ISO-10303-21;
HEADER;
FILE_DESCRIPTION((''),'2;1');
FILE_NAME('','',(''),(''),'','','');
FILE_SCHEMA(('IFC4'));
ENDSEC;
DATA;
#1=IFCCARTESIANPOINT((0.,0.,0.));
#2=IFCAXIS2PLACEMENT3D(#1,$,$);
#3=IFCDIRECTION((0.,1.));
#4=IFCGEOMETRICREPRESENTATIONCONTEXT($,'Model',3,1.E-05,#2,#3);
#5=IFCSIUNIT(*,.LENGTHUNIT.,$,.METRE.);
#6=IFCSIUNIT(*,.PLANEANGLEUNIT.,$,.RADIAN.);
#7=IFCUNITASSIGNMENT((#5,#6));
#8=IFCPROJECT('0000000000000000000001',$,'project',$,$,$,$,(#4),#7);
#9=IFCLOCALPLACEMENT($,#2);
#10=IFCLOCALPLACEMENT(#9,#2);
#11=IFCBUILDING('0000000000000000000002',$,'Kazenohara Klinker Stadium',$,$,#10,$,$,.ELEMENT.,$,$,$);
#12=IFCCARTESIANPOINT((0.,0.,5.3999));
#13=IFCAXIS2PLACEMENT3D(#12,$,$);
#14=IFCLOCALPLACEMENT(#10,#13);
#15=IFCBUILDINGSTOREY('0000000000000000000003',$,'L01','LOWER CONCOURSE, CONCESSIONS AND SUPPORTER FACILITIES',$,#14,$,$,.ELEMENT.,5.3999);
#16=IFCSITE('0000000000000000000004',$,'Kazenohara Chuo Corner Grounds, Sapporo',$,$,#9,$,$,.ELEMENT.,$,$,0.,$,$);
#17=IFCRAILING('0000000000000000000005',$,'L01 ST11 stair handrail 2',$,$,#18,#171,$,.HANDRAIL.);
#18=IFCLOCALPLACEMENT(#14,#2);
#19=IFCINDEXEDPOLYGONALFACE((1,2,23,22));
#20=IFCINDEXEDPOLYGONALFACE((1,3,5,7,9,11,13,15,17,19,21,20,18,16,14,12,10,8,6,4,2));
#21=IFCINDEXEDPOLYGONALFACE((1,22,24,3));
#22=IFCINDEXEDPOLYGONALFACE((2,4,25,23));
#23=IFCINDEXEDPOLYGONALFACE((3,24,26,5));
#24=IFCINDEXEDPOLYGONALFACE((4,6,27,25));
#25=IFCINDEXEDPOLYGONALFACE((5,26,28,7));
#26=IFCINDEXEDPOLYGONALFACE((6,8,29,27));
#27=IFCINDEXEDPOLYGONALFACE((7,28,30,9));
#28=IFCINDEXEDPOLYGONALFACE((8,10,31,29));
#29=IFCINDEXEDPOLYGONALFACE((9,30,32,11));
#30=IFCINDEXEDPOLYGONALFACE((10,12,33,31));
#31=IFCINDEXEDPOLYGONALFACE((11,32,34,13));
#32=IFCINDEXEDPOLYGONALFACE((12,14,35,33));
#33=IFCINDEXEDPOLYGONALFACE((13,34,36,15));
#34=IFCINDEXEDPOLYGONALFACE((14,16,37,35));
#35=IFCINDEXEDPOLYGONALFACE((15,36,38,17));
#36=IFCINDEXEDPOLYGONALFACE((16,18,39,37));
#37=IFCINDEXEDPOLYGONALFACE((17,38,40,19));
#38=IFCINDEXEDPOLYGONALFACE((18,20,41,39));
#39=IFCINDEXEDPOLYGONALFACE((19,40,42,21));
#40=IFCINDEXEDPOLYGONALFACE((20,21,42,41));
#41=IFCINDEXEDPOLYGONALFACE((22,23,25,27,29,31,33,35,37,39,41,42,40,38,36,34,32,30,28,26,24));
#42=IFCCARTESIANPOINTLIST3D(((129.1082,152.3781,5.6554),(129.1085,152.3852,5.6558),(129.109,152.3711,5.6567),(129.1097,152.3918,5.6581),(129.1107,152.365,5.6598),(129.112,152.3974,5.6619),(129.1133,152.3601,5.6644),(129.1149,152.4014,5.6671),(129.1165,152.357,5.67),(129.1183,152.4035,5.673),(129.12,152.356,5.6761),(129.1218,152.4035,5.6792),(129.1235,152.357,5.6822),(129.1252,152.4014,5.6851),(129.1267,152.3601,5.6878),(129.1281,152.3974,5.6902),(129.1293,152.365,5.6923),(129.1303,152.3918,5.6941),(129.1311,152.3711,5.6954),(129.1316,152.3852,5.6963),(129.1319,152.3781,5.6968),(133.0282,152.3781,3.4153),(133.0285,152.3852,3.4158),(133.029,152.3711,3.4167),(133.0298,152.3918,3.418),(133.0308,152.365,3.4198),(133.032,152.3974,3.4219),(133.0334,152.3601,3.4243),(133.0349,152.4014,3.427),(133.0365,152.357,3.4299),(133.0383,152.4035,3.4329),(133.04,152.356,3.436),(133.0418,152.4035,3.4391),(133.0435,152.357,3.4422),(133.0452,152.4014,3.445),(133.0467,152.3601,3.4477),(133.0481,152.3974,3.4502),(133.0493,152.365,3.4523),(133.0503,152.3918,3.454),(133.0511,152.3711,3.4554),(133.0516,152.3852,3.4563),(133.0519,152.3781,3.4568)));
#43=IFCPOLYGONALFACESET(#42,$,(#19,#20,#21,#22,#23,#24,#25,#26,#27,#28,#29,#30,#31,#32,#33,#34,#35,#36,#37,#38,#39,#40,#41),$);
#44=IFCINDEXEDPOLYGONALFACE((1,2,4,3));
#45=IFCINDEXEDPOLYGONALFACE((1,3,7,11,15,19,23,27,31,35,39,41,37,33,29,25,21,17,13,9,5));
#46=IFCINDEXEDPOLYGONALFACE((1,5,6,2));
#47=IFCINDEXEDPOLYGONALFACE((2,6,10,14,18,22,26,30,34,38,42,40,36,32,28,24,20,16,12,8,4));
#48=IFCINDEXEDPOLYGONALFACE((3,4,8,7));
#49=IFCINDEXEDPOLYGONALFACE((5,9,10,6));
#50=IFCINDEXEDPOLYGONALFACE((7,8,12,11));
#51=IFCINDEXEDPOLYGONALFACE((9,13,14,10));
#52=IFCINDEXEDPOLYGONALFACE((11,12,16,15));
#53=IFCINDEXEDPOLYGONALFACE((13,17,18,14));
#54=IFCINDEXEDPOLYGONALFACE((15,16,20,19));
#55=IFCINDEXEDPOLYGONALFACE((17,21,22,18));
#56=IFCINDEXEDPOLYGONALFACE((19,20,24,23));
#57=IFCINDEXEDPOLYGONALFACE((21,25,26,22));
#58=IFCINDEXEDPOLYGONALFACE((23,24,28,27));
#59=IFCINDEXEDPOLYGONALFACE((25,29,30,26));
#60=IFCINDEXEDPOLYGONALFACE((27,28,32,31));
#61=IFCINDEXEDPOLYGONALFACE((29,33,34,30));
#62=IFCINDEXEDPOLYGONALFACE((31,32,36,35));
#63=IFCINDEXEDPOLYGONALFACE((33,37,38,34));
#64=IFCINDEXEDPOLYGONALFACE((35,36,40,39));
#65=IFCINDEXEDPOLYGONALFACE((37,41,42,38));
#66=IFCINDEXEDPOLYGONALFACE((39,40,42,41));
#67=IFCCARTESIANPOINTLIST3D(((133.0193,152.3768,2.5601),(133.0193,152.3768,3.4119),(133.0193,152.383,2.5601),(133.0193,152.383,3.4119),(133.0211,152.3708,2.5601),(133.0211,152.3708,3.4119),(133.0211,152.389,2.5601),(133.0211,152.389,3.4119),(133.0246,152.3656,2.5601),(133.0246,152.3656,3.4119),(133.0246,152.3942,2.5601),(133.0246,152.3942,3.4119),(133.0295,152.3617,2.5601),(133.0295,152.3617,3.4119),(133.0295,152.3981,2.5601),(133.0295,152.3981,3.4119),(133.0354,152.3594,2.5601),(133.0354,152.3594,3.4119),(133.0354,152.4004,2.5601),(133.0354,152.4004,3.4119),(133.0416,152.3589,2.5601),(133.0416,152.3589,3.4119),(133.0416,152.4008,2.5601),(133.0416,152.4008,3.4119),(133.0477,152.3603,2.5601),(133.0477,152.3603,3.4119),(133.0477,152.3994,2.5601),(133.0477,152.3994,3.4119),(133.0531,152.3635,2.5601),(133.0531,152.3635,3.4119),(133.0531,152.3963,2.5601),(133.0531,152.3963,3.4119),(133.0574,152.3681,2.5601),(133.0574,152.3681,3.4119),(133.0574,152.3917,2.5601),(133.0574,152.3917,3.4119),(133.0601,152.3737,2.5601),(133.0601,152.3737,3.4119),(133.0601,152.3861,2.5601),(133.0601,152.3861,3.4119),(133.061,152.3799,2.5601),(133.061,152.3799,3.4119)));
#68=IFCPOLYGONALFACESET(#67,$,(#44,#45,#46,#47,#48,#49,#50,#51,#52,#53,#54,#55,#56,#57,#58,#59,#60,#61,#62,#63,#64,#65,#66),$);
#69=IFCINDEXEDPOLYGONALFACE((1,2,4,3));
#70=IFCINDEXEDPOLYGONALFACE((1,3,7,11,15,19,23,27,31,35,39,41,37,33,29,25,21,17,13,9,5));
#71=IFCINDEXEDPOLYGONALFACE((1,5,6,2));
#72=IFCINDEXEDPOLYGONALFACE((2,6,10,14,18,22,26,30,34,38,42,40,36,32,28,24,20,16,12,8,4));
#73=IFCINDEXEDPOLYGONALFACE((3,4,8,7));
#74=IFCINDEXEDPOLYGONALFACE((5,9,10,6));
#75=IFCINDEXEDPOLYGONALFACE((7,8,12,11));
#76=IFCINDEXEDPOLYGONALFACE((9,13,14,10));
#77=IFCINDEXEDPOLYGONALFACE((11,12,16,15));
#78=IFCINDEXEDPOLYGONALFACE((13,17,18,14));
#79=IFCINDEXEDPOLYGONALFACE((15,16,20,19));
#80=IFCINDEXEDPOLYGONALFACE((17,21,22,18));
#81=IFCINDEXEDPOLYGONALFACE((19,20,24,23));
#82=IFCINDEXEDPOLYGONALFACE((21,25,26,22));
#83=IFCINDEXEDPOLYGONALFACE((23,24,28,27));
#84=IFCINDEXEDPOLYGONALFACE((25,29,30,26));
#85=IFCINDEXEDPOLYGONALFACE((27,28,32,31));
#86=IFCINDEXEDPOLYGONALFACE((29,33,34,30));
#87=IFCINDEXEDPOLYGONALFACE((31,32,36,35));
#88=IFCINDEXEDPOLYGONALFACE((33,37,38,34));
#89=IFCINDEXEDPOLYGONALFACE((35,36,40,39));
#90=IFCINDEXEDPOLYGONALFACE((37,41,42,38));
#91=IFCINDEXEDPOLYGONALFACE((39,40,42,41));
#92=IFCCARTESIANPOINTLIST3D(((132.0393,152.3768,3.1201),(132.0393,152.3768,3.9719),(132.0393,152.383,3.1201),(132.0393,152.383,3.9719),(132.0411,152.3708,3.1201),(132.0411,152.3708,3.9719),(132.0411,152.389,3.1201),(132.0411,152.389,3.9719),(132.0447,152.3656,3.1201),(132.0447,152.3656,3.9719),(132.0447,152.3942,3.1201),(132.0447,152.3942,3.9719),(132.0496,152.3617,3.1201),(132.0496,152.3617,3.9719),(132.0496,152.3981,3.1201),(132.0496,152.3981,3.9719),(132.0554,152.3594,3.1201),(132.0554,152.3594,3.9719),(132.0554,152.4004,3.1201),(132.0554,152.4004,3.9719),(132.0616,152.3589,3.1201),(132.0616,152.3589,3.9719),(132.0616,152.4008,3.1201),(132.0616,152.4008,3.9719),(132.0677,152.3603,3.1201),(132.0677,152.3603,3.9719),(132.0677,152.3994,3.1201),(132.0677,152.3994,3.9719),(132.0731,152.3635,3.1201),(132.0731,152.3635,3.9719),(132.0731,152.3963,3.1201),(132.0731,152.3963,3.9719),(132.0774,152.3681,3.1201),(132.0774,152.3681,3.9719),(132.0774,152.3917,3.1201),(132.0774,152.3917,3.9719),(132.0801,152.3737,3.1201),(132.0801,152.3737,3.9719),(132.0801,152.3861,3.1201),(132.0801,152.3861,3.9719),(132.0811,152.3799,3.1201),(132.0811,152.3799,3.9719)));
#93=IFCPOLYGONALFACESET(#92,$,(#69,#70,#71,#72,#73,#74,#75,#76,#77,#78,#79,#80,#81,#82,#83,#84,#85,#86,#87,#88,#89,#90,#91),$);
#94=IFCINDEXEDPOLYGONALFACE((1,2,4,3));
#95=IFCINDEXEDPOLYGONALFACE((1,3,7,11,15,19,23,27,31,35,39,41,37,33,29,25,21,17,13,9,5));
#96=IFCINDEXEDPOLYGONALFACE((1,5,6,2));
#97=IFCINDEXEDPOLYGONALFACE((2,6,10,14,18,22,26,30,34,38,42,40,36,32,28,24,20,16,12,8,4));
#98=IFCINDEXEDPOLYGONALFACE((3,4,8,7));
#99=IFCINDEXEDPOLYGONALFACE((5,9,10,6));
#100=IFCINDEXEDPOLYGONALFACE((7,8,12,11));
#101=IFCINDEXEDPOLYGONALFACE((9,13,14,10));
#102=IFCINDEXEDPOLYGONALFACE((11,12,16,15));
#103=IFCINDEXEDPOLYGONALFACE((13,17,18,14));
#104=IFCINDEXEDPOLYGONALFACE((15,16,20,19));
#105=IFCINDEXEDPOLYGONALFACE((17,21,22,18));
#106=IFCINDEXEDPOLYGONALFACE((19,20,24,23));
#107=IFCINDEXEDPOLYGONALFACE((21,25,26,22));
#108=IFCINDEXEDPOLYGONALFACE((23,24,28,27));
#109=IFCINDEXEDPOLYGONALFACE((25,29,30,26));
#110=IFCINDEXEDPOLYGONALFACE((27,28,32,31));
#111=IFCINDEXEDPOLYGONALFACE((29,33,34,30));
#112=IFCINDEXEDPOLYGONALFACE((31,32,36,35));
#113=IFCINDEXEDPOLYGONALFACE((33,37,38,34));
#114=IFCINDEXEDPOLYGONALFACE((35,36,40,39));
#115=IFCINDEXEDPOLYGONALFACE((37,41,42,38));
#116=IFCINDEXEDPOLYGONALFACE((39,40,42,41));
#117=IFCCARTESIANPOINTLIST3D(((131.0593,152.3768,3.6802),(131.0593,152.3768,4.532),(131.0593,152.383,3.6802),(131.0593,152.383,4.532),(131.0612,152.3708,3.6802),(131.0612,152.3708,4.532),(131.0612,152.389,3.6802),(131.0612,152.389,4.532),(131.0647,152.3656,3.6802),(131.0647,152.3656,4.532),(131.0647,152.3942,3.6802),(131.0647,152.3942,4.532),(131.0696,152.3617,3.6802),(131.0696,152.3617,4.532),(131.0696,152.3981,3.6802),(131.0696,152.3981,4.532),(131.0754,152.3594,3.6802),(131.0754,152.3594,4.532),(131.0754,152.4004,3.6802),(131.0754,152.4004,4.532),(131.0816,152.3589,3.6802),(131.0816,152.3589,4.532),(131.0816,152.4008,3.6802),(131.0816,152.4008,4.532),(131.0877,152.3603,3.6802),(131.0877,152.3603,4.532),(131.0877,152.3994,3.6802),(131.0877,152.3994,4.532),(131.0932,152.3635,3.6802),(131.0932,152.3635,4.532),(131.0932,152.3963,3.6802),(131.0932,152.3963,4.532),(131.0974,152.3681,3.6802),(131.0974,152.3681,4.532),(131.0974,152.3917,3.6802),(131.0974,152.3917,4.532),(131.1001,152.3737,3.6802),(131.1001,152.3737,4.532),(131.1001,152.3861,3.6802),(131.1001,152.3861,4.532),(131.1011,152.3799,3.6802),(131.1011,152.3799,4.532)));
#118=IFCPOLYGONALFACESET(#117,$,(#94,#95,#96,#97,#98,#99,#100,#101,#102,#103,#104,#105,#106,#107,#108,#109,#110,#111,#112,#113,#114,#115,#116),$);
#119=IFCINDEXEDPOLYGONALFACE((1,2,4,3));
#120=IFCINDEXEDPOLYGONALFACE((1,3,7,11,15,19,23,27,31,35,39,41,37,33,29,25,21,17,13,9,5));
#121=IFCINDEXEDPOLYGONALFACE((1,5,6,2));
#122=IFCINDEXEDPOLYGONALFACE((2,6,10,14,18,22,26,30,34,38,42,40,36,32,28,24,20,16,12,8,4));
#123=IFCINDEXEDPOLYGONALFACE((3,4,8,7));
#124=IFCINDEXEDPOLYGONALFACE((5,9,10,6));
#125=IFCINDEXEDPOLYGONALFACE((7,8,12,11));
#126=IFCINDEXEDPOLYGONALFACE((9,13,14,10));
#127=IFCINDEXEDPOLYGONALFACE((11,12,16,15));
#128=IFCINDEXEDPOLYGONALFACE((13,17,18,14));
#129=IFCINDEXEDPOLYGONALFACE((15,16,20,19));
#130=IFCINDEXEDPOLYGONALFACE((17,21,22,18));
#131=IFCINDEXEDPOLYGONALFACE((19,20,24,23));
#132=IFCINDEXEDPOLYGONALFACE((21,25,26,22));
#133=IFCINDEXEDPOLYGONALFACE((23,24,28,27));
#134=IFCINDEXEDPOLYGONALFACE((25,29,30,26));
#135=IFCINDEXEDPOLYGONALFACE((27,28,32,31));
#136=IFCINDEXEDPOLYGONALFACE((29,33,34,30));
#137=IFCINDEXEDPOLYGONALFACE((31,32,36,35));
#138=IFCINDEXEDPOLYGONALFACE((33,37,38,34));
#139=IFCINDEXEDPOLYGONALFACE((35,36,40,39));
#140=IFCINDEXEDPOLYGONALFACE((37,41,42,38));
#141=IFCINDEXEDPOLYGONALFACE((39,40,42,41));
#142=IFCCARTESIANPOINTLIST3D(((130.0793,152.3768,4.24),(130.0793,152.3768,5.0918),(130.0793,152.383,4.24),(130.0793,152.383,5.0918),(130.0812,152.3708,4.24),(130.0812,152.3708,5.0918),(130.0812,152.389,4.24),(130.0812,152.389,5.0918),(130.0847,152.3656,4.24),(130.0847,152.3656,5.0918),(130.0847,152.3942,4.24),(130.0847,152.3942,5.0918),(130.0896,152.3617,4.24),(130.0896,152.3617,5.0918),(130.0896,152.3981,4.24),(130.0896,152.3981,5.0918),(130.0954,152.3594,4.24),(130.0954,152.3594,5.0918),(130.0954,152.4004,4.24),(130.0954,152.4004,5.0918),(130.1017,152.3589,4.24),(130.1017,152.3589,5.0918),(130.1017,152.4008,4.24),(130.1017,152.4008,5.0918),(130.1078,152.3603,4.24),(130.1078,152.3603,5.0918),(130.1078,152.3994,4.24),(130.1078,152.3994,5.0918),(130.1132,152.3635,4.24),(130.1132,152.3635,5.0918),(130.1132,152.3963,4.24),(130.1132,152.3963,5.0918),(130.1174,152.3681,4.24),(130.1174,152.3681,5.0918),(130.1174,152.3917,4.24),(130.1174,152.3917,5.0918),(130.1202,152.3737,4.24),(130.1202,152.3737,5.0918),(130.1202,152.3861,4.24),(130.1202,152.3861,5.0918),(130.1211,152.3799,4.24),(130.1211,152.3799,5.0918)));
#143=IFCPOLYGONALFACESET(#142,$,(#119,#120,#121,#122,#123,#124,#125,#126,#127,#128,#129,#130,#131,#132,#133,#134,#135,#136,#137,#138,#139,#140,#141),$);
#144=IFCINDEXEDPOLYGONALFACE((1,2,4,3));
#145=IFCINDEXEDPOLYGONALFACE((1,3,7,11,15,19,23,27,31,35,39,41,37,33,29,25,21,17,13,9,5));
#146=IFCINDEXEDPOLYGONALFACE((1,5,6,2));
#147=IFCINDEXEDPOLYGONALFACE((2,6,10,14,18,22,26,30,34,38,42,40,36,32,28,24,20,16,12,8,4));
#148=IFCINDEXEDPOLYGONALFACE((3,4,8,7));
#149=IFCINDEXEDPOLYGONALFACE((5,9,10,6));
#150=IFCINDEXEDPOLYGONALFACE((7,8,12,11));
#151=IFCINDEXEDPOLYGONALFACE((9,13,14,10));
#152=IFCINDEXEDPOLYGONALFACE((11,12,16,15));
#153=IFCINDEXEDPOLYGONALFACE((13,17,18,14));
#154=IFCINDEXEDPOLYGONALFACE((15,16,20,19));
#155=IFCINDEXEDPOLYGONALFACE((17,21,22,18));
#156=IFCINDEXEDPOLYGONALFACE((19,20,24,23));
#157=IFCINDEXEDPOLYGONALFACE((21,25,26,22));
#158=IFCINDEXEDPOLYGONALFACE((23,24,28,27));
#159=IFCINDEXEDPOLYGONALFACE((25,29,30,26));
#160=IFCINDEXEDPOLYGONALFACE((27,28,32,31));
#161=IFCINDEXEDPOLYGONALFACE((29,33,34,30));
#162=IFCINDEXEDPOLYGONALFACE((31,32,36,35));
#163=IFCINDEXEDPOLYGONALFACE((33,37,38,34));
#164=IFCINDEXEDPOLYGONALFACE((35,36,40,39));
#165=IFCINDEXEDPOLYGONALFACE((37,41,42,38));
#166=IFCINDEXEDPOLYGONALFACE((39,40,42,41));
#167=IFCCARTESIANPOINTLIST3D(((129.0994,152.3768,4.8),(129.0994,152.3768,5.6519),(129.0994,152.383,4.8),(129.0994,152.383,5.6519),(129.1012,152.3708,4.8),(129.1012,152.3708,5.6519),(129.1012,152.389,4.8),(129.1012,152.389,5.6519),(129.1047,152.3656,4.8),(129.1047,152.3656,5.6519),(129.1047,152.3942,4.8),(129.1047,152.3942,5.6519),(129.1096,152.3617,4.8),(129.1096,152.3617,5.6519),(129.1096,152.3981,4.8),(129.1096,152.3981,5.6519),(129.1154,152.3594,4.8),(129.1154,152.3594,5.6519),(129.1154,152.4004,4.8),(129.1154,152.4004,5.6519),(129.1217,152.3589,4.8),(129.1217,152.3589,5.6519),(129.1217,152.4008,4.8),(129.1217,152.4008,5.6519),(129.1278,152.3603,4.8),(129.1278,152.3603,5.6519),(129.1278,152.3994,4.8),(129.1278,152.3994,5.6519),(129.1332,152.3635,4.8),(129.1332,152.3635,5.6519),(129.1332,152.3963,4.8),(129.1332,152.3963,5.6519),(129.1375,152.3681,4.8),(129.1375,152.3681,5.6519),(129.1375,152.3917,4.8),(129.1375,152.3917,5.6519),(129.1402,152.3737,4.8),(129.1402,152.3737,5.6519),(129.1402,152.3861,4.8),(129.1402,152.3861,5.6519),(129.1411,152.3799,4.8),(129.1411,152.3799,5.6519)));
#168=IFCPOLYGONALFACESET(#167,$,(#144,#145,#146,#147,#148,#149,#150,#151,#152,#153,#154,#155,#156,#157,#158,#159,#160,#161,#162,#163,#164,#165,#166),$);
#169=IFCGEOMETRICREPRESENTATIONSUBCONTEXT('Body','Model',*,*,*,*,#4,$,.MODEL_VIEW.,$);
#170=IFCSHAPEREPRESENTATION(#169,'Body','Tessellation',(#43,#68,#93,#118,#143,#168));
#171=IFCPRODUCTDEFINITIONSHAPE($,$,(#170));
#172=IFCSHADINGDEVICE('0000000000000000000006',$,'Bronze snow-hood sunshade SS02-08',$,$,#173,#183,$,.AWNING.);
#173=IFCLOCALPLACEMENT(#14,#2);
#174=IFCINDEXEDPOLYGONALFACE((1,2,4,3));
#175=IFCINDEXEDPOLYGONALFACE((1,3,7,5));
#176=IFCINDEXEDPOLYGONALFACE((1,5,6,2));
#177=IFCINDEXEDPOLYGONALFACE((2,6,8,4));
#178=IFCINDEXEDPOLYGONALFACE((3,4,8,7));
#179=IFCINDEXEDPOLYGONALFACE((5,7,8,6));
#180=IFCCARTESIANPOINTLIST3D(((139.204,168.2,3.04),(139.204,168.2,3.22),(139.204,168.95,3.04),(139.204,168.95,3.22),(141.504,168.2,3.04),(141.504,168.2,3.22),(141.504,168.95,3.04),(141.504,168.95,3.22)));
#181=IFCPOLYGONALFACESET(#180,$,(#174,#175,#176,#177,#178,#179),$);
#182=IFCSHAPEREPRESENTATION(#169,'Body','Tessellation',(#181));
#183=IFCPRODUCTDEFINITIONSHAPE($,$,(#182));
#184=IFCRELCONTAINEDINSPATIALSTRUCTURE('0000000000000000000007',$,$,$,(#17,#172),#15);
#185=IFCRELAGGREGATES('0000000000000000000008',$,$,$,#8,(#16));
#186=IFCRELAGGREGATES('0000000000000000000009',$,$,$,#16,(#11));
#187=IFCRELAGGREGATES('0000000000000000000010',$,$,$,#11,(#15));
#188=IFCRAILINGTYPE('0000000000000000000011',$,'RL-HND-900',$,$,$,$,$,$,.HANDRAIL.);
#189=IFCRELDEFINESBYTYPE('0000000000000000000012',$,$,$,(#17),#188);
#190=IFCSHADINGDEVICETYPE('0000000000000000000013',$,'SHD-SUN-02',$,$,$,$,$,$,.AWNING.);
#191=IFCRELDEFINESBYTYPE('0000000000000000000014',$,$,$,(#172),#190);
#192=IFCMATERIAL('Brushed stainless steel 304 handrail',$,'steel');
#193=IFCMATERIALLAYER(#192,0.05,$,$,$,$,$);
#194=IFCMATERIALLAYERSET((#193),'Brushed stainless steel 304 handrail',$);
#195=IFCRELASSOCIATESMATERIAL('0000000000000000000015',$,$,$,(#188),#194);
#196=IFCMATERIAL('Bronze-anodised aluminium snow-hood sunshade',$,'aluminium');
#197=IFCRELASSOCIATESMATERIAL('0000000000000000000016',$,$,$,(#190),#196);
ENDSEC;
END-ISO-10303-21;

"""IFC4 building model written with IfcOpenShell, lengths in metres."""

from ifc_helpers import new_model, si_unit, direction, frame, origin, origin_2d, place, context, subcontext, project, spatial, rectangle, circle, extrude, material, layer, layer_set, type_object, element, save


model = new_model("IFC4")

# Units and contexts
model_context = context("Model", 3, precision=1e-05, world=origin(), true_north=direction((0.0, 1.0)))
body_context = subcontext(model_context, "Body", "Model", "MODEL_VIEW")
ifc_project = project(units=[si_unit("LENGTHUNIT", "METRE"), si_unit("PLANEANGLEUNIT", "RADIAN")], contexts=[model_context])

# Site, building, storey
site_placement = place(None, origin())
site = spatial("IfcSite", under=ifc_project, at=site_placement, Name="Kazenohara Chuo Corner Grounds, Sapporo", CompositionType="ELEMENT", RefElevation=0.0)
building_placement = place(site_placement, origin())
building = spatial("IfcBuilding", under=site, at=building_placement, Name="Kazenohara Klinker Stadium", CompositionType="ELEMENT")
storey_placement = place(building_placement, frame((0.0, 0.0, 5.3999)))
storey = spatial("IfcBuildingStorey", under=building, at=storey_placement, Name="L01", Description="LOWER CONCOURSE, CONCESSIONS AND SUPPORTER FACILITIES", CompositionType="ELEMENT", Elevation=5.3999)

# Railing
ifc_material_1 = material(Name="Brushed stainless steel 304 handrail", Category="steel")
ifc_layer_1 = layer(ifc_material_1, 0.05)
ifc_layer_set_1 = layer_set([ifc_layer_1], Name="Brushed stainless steel 304 handrail")
railing_type = type_object("IfcRailingType", Name="RL-HND-900", PredefinedType="HANDRAIL", material=ifc_layer_set_1)
railing_placement = place(storey_placement, frame((133.04, 152.3799, 2.5601)))
element("IfcRailing", 1, at=railing_placement, inside=storey, type_object=railing_type, Name="L01 ST11 stair handrail 2", PredefinedType="HANDRAIL", context=body_context, shape_type="SweptSolid", body=[
    extrude(circle(Radius=0.0239, at=origin_2d()), frame((0.0, 0.0, 0.876), z_axis=(-0.86824, 0.0, 0.496145), x_axis=(0.0, -1.0, 0.0)), (0.0, 0.0, 1.0), 4.5149),
    extrude(circle(Radius=0.021, at=origin_2d()), origin(), (0.0, 0.0, 1.0), 0.8518),
    extrude(circle(Radius=0.021, at=origin_2d()), frame((-0.98, 0.0, 0.5601)), (0.0, 0.0, 1.0), 0.8518),
    extrude(circle(Radius=0.021, at=origin_2d()), frame((-1.96, 0.0, 1.1201)), (0.0, 0.0, 1.0), 0.8518),
    extrude(circle(Radius=0.021, at=origin_2d()), frame((-2.9399, 0.0, 1.6799)), (0.0, 0.0, 1.0), 0.8518),
    extrude(circle(Radius=0.021, at=origin_2d()), frame((-3.9199, 0.0, 2.24)), (0.0, 0.0, 1.0), 0.8518),
])

# Shading device
ifc_material_2 = material(Name="Bronze-anodised aluminium snow-hood sunshade", Category="aluminium")
shading_device_type = type_object("IfcShadingDeviceType", Name="SHD-SUN-02", PredefinedType="AWNING", material=ifc_material_2)
shading_device_placement = place(storey_placement, frame((140.354, 168.575, 3.04), z_axis=(0.0, 0.0, 1.0), x_axis=(1.0, 0.0, 0.0)))
element("IfcShadingDevice", 2, at=shading_device_placement, inside=storey, type_object=shading_device_type, Name="Bronze snow-hood sunshade SS02-08", PredefinedType="AWNING", context=body_context, shape_type="SweptSolid", body=[
    extrude(rectangle(XDim=2.3, YDim=0.75, at=origin_2d()), origin(), (0.0, 0.0, 1.0), 0.1799),
])

save(model, "model.ifc")
